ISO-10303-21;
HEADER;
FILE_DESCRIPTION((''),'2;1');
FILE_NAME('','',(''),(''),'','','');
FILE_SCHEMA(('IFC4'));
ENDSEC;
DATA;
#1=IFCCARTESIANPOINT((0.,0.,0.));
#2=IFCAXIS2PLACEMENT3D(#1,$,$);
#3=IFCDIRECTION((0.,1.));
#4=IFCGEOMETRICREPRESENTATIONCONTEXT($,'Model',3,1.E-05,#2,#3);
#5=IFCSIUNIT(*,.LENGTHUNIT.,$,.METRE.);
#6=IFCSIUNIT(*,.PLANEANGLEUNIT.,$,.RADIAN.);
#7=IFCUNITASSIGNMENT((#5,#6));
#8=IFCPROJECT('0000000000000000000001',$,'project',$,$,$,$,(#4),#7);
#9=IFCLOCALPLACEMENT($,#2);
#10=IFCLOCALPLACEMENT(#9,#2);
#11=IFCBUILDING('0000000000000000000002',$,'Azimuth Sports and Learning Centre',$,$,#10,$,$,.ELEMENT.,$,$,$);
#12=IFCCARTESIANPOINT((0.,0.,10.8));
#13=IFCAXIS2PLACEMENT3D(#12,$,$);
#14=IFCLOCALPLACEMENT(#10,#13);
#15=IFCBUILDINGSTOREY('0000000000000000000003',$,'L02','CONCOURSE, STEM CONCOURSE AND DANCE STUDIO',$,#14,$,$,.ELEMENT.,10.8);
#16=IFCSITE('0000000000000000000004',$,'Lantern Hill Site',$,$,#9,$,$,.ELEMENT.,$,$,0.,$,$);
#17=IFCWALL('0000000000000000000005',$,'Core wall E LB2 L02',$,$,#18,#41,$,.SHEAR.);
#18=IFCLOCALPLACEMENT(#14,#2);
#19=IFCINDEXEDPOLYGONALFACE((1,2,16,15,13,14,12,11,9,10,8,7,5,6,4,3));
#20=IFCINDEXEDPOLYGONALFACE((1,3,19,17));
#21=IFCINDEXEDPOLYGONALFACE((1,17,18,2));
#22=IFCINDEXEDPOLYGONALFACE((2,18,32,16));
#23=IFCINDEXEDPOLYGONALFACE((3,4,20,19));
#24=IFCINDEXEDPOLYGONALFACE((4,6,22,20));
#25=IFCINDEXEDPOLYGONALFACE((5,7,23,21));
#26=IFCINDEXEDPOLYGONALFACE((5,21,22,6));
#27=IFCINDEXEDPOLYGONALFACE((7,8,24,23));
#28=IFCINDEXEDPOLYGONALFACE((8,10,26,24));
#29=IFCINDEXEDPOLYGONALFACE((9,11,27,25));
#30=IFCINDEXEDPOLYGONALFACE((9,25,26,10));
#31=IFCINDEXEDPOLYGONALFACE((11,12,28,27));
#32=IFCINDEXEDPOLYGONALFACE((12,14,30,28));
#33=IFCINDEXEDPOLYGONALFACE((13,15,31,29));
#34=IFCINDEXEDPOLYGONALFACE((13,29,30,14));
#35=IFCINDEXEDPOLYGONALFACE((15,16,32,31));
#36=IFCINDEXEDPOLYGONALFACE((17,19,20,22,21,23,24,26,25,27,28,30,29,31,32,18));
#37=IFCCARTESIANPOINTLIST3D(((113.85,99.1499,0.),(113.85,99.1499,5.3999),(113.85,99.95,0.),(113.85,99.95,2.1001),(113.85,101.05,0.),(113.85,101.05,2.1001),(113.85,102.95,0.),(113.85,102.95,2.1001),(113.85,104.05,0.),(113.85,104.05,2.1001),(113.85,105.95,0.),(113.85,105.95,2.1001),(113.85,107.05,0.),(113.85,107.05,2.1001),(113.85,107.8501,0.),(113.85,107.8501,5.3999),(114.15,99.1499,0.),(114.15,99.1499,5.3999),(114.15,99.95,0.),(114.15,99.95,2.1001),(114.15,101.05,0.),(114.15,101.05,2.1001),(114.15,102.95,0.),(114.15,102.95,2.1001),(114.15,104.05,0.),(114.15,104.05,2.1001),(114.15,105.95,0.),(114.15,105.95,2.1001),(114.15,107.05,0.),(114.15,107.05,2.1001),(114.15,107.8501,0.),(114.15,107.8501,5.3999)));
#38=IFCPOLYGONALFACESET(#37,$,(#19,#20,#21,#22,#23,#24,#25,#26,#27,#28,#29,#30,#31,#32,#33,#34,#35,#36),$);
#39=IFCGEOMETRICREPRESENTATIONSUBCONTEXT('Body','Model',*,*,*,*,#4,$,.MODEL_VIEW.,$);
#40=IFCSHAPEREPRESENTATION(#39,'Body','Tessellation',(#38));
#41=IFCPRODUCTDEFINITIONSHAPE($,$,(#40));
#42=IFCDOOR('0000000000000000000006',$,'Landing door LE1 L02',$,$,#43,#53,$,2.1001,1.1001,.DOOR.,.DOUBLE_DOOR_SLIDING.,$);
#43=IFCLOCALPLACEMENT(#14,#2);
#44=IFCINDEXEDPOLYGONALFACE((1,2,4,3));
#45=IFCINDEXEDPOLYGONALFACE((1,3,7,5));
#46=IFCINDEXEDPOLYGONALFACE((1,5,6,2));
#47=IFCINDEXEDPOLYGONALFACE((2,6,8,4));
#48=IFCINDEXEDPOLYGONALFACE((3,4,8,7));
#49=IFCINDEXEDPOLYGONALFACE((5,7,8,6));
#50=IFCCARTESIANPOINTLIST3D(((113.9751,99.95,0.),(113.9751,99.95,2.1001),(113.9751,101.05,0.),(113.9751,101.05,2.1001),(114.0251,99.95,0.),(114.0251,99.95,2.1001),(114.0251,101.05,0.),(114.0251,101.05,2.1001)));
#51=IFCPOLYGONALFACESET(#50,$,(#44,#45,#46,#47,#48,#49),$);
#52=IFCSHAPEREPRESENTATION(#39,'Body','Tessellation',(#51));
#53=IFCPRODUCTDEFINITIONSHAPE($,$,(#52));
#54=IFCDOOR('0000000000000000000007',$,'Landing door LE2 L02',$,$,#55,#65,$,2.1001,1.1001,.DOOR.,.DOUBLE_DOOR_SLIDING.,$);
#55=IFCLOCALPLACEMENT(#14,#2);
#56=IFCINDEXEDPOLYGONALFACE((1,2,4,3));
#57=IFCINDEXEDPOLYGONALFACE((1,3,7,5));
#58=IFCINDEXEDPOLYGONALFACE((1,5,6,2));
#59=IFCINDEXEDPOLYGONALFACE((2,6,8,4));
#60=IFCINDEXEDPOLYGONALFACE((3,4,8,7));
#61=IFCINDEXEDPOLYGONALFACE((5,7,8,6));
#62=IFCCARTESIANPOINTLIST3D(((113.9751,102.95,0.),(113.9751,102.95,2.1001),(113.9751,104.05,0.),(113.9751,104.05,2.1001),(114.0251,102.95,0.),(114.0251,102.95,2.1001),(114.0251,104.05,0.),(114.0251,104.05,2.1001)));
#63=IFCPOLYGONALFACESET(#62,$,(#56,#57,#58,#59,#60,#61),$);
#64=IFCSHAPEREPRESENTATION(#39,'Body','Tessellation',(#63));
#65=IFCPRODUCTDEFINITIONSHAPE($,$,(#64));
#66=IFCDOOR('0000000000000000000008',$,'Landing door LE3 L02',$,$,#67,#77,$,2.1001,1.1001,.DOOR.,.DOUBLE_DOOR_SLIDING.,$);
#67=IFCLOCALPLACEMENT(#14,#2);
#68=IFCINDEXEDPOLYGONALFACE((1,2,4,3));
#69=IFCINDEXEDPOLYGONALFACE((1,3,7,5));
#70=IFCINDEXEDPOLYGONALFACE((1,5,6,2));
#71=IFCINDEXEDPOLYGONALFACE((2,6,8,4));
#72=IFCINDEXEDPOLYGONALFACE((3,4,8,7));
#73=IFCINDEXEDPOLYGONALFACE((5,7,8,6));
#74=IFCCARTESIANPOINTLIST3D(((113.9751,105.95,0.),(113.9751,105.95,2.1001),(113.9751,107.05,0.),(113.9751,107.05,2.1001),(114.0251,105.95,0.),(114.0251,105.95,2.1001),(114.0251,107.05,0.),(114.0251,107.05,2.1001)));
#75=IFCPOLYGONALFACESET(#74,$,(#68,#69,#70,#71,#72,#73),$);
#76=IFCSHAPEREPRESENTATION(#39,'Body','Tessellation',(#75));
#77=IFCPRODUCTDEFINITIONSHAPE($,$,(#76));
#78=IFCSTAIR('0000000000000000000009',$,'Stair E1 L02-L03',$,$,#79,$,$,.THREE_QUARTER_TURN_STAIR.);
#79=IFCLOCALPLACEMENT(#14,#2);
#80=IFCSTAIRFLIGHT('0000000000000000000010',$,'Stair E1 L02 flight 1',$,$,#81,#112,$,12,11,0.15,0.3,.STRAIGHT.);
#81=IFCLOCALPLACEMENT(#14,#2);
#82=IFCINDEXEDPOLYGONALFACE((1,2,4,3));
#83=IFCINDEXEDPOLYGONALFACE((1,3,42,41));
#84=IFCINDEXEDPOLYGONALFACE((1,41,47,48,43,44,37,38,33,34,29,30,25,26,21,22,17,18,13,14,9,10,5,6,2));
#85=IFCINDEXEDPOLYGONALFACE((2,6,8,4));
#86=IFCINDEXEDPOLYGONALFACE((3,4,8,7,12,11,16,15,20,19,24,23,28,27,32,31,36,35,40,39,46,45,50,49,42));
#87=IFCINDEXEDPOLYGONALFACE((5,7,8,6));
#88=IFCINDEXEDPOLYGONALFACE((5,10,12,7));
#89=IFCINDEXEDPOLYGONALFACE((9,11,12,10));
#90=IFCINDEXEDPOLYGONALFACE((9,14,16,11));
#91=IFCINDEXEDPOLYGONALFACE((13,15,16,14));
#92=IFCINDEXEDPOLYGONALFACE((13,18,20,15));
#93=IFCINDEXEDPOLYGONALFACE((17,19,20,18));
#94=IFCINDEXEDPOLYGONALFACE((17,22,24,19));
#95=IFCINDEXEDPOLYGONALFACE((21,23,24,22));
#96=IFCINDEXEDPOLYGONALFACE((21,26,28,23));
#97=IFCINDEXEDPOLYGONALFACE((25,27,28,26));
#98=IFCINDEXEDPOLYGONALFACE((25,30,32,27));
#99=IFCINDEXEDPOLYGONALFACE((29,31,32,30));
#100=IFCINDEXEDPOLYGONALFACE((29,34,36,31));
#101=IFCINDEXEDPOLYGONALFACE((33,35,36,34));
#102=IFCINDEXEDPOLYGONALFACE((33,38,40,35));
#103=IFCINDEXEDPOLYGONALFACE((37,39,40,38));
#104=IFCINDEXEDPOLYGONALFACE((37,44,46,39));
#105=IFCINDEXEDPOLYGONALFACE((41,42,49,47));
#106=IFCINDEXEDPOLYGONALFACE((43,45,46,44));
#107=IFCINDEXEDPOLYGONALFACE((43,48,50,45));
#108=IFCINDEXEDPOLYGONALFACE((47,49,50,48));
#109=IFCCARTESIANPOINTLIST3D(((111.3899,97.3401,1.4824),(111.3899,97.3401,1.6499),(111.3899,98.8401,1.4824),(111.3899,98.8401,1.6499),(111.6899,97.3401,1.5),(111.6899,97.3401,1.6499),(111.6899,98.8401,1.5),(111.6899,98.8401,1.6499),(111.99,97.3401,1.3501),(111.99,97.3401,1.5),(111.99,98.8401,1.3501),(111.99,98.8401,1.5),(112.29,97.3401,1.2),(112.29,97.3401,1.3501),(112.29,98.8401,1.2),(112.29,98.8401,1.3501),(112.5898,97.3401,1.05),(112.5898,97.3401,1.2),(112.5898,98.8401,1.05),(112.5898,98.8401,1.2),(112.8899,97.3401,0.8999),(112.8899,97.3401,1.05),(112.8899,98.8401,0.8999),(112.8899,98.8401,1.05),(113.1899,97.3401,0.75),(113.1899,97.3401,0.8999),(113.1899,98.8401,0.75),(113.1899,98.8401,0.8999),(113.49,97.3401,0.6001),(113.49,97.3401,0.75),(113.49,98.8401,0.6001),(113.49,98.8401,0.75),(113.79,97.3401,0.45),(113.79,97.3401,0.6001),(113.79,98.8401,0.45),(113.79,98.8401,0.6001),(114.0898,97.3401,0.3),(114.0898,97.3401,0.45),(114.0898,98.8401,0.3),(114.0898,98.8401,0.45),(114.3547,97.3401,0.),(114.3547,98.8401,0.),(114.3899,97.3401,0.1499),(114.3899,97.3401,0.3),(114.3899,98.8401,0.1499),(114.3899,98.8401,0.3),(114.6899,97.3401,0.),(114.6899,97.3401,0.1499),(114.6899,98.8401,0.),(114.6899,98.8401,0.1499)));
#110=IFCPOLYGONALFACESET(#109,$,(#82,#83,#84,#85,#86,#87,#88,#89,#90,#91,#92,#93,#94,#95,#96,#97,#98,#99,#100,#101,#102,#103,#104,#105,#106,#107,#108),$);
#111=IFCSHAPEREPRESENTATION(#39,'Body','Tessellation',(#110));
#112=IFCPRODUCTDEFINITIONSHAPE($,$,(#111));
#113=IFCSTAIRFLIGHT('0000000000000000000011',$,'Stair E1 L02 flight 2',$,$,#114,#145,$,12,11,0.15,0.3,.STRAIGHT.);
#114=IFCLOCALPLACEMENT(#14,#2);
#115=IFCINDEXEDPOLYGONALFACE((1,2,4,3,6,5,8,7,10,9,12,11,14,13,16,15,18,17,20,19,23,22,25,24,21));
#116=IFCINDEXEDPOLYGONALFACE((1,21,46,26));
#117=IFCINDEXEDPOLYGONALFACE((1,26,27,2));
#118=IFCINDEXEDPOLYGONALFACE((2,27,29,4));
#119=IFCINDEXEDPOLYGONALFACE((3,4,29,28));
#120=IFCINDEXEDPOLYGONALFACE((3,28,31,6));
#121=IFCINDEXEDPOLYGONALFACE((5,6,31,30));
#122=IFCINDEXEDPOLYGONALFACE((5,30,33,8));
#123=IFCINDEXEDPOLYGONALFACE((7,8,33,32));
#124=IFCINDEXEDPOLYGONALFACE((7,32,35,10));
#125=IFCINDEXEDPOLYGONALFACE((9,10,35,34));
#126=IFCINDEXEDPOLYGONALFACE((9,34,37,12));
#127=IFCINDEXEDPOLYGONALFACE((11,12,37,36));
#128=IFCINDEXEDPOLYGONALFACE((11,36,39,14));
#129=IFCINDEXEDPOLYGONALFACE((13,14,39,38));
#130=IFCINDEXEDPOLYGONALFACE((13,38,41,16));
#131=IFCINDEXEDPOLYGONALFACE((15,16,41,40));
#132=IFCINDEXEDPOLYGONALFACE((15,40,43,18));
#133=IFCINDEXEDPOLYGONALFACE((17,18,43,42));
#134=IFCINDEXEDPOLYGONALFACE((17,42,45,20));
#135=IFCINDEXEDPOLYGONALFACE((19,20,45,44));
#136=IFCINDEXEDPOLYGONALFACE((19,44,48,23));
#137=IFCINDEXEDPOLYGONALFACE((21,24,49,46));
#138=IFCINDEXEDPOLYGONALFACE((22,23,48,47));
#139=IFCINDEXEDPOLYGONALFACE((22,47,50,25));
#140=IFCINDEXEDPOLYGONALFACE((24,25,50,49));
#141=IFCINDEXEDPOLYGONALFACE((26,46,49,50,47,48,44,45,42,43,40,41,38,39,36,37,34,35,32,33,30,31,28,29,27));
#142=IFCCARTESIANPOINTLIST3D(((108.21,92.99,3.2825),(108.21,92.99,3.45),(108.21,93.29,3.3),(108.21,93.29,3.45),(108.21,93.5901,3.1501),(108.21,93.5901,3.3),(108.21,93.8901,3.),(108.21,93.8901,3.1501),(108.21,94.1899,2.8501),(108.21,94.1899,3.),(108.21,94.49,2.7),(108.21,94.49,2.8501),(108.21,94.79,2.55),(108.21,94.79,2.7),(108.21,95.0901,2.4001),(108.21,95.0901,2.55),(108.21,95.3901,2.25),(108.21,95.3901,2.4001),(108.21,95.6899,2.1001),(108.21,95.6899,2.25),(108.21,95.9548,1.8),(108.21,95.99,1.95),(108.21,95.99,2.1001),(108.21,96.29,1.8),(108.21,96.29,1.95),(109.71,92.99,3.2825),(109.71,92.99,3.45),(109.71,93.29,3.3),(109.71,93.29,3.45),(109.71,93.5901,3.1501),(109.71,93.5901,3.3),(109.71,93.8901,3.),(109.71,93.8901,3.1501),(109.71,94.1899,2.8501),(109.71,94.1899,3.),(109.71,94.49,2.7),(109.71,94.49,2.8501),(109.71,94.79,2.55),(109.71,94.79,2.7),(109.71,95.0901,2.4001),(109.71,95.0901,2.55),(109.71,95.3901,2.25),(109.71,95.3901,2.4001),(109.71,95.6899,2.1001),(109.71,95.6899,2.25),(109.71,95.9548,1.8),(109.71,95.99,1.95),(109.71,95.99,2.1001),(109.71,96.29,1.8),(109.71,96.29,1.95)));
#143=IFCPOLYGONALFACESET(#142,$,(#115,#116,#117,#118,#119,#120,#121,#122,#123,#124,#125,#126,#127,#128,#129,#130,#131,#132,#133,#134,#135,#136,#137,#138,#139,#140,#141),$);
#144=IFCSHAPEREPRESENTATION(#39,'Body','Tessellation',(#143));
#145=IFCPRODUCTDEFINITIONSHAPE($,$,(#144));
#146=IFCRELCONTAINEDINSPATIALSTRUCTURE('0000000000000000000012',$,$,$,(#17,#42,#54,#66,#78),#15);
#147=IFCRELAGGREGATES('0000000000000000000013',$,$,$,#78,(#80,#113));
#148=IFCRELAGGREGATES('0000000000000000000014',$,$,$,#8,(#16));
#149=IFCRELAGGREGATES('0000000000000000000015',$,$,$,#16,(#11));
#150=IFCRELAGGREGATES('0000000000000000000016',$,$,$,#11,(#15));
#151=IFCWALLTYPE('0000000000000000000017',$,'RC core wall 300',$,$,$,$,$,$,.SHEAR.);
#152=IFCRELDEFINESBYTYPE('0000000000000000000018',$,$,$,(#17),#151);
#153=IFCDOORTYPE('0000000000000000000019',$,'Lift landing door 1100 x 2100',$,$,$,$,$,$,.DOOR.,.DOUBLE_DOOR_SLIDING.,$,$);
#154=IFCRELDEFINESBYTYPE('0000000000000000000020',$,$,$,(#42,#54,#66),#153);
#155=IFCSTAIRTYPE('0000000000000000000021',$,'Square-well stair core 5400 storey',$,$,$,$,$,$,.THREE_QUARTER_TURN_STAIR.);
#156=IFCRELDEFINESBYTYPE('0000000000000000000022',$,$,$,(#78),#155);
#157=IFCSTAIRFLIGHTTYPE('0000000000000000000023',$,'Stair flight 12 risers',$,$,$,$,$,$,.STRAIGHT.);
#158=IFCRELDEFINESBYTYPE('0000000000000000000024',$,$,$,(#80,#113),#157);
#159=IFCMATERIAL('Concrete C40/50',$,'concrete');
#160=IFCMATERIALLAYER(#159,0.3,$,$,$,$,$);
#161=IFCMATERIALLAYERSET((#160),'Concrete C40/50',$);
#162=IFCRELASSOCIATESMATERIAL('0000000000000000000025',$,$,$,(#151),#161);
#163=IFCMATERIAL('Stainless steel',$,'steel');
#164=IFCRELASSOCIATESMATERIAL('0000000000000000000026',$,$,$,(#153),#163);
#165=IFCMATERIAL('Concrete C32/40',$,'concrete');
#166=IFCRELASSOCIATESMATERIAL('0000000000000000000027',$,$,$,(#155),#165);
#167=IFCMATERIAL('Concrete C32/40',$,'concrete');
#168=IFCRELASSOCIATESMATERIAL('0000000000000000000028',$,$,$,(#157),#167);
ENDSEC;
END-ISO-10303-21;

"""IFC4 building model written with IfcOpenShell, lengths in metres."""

from ifc_helpers import new_model, si_unit, direction, frame, frame_2d, origin, place, context, subcontext, project, spatial, polyline, rectangle, outline, extrude, material, layer, layer_set, type_object, element, fill, aggregate, save


model = new_model("IFC4")

# Units and contexts
model_context = context("Model", 3, precision=1e-05, world=origin(), true_north=direction((0.0, 1.0)))
body_context = subcontext(model_context, "Body", "Model", "MODEL_VIEW")
ifc_project = project(units=[si_unit("LENGTHUNIT", "METRE"), si_unit("PLANEANGLEUNIT", "RADIAN")], contexts=[model_context])

# Site, building, storey
site_placement = place(None, origin())
site = spatial("IfcSite", under=ifc_project, at=site_placement, Name="Lantern Hill Site", CompositionType="ELEMENT", RefElevation=0.0)
building_placement = place(site_placement, origin())
building = spatial("IfcBuilding", under=site, at=building_placement, Name="Azimuth Sports and Learning Centre", CompositionType="ELEMENT")
storey_placement = place(building_placement, frame((0.0, 0.0, 10.8)))
storey = spatial("IfcBuildingStorey", under=building, at=storey_placement, Name="L02", Description="CONCOURSE, STEM CONCOURSE AND DANCE STUDIO", CompositionType="ELEMENT", Elevation=10.8)

# Shared definitions
ifc_material_1 = material(Name="Concrete C40/50", Category="concrete")
ifc_layer = layer(ifc_material_1, 0.3)
ifc_layer_set = layer_set([ifc_layer], Name="Concrete C40/50")
wall_type = type_object("IfcWallType", Name="RC core wall 300", PredefinedType="SHEAR", material=ifc_layer_set)

# Wall, openings, doors
wall_1_placement = place(storey_placement, frame((114.0, 99.1499, 0.0), z_axis=(0.0, 0.0, 1.0), x_axis=(0.0, 1.0, 0.0)))
wall_1 = element("IfcWall", 1, at=wall_1_placement, inside=storey, type_object=wall_type, Name="Core wall E LB2 L02", PredefinedType="SHEAR", context=body_context, shape_type="SweptSolid", body=[
    extrude(rectangle(XDim=8.7002, YDim=0.3, at=frame_2d((4.3501, 0.0))), origin(), (0.0, 0.0, 1.0), 5.3999),
])
opening_1_placement = place(wall_1_placement, frame((0.8, 0.0, 0.0)))
opening_1 = element("IfcOpeningElement", 2, at=opening_1_placement, cuts=wall_1, PredefinedType="OPENING", context=body_context, shape_type="SweptSolid", body=[
    extrude(rectangle(XDim=1.1001, YDim=2.1001, at=frame_2d((0.55, 1.05))), frame((0.0, 0.1611, 0.0), z_axis=(0.0, -1.0, 0.0), x_axis=(1.0, 0.0, 0.0)), (0.0, 0.0, 1.0), 0.322),
])
opening_2_placement = place(wall_1_placement, frame((3.8, 0.0, 0.0)))
opening_2 = element("IfcOpeningElement", 3, at=opening_2_placement, cuts=wall_1, PredefinedType="OPENING", context=body_context, shape_type="SweptSolid", body=[
    extrude(rectangle(XDim=1.1001, YDim=2.1001, at=frame_2d((0.55, 1.05))), frame((0.0, 0.1611, 0.0), z_axis=(0.0, -1.0, 0.0), x_axis=(1.0, 0.0, 0.0)), (0.0, 0.0, 1.0), 0.322),
])
opening_3_placement = place(wall_1_placement, frame((6.8, 0.0, 0.0)))
opening_3 = element("IfcOpeningElement", 4, at=opening_3_placement, cuts=wall_1, PredefinedType="OPENING", context=body_context, shape_type="SweptSolid", body=[
    extrude(rectangle(XDim=1.1001, YDim=2.1001, at=frame_2d((0.55, 1.05))), frame((0.0, 0.1611, 0.0), z_axis=(0.0, -1.0, 0.0), x_axis=(1.0, 0.0, 0.0)), (0.0, 0.0, 1.0), 0.322),
])
ifc_material_2 = material(Name="Stainless steel", Category="steel")
door_type = type_object("IfcDoorType", Name="Lift landing door 1100 x 2100", OperationType="DOUBLE_DOOR_SLIDING", PredefinedType="DOOR", material=ifc_material_2)
door_1_placement = place(opening_1_placement, origin())
door_1 = element("IfcDoor", 5, at=door_1_placement, inside=storey, type_object=door_type, Name="Landing door LE1 L02", OperationType="DOUBLE_DOOR_SLIDING", OverallHeight=2.1001, OverallWidth=1.1001, PredefinedType="DOOR", context=body_context, shape_type="SweptSolid", body=[
    extrude(rectangle(XDim=1.1001, YDim=2.1001, at=frame_2d((0.55, 1.05))), frame((0.0, 0.0249, 0.0), z_axis=(0.0, -1.0, 0.0), x_axis=(1.0, 0.0, 0.0)), (0.0, 0.0, 1.0), 0.05),
])
fill(opening_1, door_1)
door_2_placement = place(opening_2_placement, origin())
door_2 = element("IfcDoor", 6, at=door_2_placement, inside=storey, type_object=door_type, Name="Landing door LE2 L02", OperationType="DOUBLE_DOOR_SLIDING", OverallHeight=2.1001, OverallWidth=1.1001, PredefinedType="DOOR", context=body_context, shape_type="SweptSolid", body=[
    extrude(rectangle(XDim=1.1001, YDim=2.1001, at=frame_2d((0.55, 1.05))), frame((0.0, 0.0249, 0.0), z_axis=(0.0, -1.0, 0.0), x_axis=(1.0, 0.0, 0.0)), (0.0, 0.0, 1.0), 0.05),
])
fill(opening_2, door_2)
door_3_placement = place(opening_3_placement, origin())
door_3 = element("IfcDoor", 7, at=door_3_placement, inside=storey, type_object=door_type, Name="Landing door LE3 L02", OperationType="DOUBLE_DOOR_SLIDING", OverallHeight=2.1001, OverallWidth=1.1001, PredefinedType="DOOR", context=body_context, shape_type="SweptSolid", body=[
    extrude(rectangle(XDim=1.1001, YDim=2.1001, at=frame_2d((0.55, 1.05))), frame((0.0, 0.0249, 0.0), z_axis=(0.0, -1.0, 0.0), x_axis=(1.0, 0.0, 0.0)), (0.0, 0.0, 1.0), 0.05),
])
fill(opening_3, door_3)

# Stair, stair flights
ifc_material_3 = material(Name="Concrete C32/40", Category="concrete")
stair_type = type_object("IfcStairType", Name="Square-well stair core 5400 storey", PredefinedType="THREE_QUARTER_TURN_STAIR", material=ifc_material_3)
stair_placement = place(storey_placement, origin())
stair = element("IfcStair", 8, at=stair_placement, inside=storey, type_object=stair_type, Name="Stair E1 L02-L03", PredefinedType="THREE_QUARTER_TURN_STAIR")
ifc_material_4 = material(Name="Concrete C32/40", Category="concrete")
stair_flight_type = type_object("IfcStairFlightType", Name="Stair flight 12 risers", PredefinedType="STRAIGHT", material=ifc_material_4)
stair_flight_1_placement = place(storey_placement, frame((114.6899, 98.0901, 0.0), z_axis=(0.0, 0.0, 1.0), x_axis=(-1.0, 0.0, 0.0)))
stair_flight_1 = element("IfcStairFlight", 9, at=stair_flight_1_placement, type_object=stair_flight_type, Name="Stair E1 L02 flight 1", NumberOfRisers=12, NumberOfTreads=11, PredefinedType="STRAIGHT", RiserHeight=0.15, TreadLength=0.3, context=body_context, shape_type="SweptSolid", body=[
    extrude(outline(polyline([(0.0, 0.0), (0.0, 0.1499), (0.3, 0.1499), (0.3, 0.3), (0.6001, 0.3), (0.6001, 0.45), (0.8999, 0.45), (0.8999, 0.6001), (1.2, 0.6001), (1.2, 0.75), (1.5, 0.75), (1.5, 0.8999), (1.8, 0.8999), (1.8, 1.05), (2.1001, 1.05), (2.1001, 1.2), (2.3999, 1.2), (2.3999, 1.3501), (2.7, 1.3501), (2.7, 1.5), (3.0, 1.5), (3.0, 1.6499), (3.3, 1.6499), (3.3, 1.8), (3.3, 1.4824), (0.3352, 0.0), (0.0, 0.0)])), frame((0.0, 0.75, 0.0), z_axis=(0.0, -1.0, 0.0), x_axis=(1.0, 0.0, 0.0)), (0.0, 0.0, 1.0), 1.5),
])
stair_flight_2_placement = place(storey_placement, frame((108.96, 96.29, 1.8), z_axis=(0.0, 0.0, 1.0), x_axis=(0.0, -1.0, 0.0)))
stair_flight_2 = element("IfcStairFlight", 10, at=stair_flight_2_placement, type_object=stair_flight_type, Name="Stair E1 L02 flight 2", NumberOfRisers=12, NumberOfTreads=11, PredefinedType="STRAIGHT", RiserHeight=0.15, TreadLength=0.3, context=body_context, shape_type="SweptSolid", body=[
    extrude(outline(polyline([(0.0, 0.0), (0.0, 0.1499), (0.3, 0.1499), (0.3, 0.3), (0.6001, 0.3), (0.6001, 0.45), (0.8999, 0.45), (0.8999, 0.6001), (1.2, 0.6001), (1.2, 0.75), (1.5, 0.75), (1.5, 0.8999), (1.8, 0.8999), (1.8, 1.05), (2.1001, 1.05), (2.1001, 1.2), (2.3999, 1.2), (2.3999, 1.3501), (2.7, 1.3501), (2.7, 1.5), (3.0, 1.5), (3.0, 1.6499), (3.3, 1.6499), (3.3, 1.8), (3.3, 1.4824), (0.3352, 0.0), (0.0, 0.0)])), frame((0.0, 0.75, 0.0), z_axis=(0.0, -1.0, 0.0), x_axis=(1.0, 0.0, 0.0)), (0.0, 0.0, 1.0), 1.5),
])
aggregate(stair, [stair_flight_1, stair_flight_2])

save(model, "model.ifc")
